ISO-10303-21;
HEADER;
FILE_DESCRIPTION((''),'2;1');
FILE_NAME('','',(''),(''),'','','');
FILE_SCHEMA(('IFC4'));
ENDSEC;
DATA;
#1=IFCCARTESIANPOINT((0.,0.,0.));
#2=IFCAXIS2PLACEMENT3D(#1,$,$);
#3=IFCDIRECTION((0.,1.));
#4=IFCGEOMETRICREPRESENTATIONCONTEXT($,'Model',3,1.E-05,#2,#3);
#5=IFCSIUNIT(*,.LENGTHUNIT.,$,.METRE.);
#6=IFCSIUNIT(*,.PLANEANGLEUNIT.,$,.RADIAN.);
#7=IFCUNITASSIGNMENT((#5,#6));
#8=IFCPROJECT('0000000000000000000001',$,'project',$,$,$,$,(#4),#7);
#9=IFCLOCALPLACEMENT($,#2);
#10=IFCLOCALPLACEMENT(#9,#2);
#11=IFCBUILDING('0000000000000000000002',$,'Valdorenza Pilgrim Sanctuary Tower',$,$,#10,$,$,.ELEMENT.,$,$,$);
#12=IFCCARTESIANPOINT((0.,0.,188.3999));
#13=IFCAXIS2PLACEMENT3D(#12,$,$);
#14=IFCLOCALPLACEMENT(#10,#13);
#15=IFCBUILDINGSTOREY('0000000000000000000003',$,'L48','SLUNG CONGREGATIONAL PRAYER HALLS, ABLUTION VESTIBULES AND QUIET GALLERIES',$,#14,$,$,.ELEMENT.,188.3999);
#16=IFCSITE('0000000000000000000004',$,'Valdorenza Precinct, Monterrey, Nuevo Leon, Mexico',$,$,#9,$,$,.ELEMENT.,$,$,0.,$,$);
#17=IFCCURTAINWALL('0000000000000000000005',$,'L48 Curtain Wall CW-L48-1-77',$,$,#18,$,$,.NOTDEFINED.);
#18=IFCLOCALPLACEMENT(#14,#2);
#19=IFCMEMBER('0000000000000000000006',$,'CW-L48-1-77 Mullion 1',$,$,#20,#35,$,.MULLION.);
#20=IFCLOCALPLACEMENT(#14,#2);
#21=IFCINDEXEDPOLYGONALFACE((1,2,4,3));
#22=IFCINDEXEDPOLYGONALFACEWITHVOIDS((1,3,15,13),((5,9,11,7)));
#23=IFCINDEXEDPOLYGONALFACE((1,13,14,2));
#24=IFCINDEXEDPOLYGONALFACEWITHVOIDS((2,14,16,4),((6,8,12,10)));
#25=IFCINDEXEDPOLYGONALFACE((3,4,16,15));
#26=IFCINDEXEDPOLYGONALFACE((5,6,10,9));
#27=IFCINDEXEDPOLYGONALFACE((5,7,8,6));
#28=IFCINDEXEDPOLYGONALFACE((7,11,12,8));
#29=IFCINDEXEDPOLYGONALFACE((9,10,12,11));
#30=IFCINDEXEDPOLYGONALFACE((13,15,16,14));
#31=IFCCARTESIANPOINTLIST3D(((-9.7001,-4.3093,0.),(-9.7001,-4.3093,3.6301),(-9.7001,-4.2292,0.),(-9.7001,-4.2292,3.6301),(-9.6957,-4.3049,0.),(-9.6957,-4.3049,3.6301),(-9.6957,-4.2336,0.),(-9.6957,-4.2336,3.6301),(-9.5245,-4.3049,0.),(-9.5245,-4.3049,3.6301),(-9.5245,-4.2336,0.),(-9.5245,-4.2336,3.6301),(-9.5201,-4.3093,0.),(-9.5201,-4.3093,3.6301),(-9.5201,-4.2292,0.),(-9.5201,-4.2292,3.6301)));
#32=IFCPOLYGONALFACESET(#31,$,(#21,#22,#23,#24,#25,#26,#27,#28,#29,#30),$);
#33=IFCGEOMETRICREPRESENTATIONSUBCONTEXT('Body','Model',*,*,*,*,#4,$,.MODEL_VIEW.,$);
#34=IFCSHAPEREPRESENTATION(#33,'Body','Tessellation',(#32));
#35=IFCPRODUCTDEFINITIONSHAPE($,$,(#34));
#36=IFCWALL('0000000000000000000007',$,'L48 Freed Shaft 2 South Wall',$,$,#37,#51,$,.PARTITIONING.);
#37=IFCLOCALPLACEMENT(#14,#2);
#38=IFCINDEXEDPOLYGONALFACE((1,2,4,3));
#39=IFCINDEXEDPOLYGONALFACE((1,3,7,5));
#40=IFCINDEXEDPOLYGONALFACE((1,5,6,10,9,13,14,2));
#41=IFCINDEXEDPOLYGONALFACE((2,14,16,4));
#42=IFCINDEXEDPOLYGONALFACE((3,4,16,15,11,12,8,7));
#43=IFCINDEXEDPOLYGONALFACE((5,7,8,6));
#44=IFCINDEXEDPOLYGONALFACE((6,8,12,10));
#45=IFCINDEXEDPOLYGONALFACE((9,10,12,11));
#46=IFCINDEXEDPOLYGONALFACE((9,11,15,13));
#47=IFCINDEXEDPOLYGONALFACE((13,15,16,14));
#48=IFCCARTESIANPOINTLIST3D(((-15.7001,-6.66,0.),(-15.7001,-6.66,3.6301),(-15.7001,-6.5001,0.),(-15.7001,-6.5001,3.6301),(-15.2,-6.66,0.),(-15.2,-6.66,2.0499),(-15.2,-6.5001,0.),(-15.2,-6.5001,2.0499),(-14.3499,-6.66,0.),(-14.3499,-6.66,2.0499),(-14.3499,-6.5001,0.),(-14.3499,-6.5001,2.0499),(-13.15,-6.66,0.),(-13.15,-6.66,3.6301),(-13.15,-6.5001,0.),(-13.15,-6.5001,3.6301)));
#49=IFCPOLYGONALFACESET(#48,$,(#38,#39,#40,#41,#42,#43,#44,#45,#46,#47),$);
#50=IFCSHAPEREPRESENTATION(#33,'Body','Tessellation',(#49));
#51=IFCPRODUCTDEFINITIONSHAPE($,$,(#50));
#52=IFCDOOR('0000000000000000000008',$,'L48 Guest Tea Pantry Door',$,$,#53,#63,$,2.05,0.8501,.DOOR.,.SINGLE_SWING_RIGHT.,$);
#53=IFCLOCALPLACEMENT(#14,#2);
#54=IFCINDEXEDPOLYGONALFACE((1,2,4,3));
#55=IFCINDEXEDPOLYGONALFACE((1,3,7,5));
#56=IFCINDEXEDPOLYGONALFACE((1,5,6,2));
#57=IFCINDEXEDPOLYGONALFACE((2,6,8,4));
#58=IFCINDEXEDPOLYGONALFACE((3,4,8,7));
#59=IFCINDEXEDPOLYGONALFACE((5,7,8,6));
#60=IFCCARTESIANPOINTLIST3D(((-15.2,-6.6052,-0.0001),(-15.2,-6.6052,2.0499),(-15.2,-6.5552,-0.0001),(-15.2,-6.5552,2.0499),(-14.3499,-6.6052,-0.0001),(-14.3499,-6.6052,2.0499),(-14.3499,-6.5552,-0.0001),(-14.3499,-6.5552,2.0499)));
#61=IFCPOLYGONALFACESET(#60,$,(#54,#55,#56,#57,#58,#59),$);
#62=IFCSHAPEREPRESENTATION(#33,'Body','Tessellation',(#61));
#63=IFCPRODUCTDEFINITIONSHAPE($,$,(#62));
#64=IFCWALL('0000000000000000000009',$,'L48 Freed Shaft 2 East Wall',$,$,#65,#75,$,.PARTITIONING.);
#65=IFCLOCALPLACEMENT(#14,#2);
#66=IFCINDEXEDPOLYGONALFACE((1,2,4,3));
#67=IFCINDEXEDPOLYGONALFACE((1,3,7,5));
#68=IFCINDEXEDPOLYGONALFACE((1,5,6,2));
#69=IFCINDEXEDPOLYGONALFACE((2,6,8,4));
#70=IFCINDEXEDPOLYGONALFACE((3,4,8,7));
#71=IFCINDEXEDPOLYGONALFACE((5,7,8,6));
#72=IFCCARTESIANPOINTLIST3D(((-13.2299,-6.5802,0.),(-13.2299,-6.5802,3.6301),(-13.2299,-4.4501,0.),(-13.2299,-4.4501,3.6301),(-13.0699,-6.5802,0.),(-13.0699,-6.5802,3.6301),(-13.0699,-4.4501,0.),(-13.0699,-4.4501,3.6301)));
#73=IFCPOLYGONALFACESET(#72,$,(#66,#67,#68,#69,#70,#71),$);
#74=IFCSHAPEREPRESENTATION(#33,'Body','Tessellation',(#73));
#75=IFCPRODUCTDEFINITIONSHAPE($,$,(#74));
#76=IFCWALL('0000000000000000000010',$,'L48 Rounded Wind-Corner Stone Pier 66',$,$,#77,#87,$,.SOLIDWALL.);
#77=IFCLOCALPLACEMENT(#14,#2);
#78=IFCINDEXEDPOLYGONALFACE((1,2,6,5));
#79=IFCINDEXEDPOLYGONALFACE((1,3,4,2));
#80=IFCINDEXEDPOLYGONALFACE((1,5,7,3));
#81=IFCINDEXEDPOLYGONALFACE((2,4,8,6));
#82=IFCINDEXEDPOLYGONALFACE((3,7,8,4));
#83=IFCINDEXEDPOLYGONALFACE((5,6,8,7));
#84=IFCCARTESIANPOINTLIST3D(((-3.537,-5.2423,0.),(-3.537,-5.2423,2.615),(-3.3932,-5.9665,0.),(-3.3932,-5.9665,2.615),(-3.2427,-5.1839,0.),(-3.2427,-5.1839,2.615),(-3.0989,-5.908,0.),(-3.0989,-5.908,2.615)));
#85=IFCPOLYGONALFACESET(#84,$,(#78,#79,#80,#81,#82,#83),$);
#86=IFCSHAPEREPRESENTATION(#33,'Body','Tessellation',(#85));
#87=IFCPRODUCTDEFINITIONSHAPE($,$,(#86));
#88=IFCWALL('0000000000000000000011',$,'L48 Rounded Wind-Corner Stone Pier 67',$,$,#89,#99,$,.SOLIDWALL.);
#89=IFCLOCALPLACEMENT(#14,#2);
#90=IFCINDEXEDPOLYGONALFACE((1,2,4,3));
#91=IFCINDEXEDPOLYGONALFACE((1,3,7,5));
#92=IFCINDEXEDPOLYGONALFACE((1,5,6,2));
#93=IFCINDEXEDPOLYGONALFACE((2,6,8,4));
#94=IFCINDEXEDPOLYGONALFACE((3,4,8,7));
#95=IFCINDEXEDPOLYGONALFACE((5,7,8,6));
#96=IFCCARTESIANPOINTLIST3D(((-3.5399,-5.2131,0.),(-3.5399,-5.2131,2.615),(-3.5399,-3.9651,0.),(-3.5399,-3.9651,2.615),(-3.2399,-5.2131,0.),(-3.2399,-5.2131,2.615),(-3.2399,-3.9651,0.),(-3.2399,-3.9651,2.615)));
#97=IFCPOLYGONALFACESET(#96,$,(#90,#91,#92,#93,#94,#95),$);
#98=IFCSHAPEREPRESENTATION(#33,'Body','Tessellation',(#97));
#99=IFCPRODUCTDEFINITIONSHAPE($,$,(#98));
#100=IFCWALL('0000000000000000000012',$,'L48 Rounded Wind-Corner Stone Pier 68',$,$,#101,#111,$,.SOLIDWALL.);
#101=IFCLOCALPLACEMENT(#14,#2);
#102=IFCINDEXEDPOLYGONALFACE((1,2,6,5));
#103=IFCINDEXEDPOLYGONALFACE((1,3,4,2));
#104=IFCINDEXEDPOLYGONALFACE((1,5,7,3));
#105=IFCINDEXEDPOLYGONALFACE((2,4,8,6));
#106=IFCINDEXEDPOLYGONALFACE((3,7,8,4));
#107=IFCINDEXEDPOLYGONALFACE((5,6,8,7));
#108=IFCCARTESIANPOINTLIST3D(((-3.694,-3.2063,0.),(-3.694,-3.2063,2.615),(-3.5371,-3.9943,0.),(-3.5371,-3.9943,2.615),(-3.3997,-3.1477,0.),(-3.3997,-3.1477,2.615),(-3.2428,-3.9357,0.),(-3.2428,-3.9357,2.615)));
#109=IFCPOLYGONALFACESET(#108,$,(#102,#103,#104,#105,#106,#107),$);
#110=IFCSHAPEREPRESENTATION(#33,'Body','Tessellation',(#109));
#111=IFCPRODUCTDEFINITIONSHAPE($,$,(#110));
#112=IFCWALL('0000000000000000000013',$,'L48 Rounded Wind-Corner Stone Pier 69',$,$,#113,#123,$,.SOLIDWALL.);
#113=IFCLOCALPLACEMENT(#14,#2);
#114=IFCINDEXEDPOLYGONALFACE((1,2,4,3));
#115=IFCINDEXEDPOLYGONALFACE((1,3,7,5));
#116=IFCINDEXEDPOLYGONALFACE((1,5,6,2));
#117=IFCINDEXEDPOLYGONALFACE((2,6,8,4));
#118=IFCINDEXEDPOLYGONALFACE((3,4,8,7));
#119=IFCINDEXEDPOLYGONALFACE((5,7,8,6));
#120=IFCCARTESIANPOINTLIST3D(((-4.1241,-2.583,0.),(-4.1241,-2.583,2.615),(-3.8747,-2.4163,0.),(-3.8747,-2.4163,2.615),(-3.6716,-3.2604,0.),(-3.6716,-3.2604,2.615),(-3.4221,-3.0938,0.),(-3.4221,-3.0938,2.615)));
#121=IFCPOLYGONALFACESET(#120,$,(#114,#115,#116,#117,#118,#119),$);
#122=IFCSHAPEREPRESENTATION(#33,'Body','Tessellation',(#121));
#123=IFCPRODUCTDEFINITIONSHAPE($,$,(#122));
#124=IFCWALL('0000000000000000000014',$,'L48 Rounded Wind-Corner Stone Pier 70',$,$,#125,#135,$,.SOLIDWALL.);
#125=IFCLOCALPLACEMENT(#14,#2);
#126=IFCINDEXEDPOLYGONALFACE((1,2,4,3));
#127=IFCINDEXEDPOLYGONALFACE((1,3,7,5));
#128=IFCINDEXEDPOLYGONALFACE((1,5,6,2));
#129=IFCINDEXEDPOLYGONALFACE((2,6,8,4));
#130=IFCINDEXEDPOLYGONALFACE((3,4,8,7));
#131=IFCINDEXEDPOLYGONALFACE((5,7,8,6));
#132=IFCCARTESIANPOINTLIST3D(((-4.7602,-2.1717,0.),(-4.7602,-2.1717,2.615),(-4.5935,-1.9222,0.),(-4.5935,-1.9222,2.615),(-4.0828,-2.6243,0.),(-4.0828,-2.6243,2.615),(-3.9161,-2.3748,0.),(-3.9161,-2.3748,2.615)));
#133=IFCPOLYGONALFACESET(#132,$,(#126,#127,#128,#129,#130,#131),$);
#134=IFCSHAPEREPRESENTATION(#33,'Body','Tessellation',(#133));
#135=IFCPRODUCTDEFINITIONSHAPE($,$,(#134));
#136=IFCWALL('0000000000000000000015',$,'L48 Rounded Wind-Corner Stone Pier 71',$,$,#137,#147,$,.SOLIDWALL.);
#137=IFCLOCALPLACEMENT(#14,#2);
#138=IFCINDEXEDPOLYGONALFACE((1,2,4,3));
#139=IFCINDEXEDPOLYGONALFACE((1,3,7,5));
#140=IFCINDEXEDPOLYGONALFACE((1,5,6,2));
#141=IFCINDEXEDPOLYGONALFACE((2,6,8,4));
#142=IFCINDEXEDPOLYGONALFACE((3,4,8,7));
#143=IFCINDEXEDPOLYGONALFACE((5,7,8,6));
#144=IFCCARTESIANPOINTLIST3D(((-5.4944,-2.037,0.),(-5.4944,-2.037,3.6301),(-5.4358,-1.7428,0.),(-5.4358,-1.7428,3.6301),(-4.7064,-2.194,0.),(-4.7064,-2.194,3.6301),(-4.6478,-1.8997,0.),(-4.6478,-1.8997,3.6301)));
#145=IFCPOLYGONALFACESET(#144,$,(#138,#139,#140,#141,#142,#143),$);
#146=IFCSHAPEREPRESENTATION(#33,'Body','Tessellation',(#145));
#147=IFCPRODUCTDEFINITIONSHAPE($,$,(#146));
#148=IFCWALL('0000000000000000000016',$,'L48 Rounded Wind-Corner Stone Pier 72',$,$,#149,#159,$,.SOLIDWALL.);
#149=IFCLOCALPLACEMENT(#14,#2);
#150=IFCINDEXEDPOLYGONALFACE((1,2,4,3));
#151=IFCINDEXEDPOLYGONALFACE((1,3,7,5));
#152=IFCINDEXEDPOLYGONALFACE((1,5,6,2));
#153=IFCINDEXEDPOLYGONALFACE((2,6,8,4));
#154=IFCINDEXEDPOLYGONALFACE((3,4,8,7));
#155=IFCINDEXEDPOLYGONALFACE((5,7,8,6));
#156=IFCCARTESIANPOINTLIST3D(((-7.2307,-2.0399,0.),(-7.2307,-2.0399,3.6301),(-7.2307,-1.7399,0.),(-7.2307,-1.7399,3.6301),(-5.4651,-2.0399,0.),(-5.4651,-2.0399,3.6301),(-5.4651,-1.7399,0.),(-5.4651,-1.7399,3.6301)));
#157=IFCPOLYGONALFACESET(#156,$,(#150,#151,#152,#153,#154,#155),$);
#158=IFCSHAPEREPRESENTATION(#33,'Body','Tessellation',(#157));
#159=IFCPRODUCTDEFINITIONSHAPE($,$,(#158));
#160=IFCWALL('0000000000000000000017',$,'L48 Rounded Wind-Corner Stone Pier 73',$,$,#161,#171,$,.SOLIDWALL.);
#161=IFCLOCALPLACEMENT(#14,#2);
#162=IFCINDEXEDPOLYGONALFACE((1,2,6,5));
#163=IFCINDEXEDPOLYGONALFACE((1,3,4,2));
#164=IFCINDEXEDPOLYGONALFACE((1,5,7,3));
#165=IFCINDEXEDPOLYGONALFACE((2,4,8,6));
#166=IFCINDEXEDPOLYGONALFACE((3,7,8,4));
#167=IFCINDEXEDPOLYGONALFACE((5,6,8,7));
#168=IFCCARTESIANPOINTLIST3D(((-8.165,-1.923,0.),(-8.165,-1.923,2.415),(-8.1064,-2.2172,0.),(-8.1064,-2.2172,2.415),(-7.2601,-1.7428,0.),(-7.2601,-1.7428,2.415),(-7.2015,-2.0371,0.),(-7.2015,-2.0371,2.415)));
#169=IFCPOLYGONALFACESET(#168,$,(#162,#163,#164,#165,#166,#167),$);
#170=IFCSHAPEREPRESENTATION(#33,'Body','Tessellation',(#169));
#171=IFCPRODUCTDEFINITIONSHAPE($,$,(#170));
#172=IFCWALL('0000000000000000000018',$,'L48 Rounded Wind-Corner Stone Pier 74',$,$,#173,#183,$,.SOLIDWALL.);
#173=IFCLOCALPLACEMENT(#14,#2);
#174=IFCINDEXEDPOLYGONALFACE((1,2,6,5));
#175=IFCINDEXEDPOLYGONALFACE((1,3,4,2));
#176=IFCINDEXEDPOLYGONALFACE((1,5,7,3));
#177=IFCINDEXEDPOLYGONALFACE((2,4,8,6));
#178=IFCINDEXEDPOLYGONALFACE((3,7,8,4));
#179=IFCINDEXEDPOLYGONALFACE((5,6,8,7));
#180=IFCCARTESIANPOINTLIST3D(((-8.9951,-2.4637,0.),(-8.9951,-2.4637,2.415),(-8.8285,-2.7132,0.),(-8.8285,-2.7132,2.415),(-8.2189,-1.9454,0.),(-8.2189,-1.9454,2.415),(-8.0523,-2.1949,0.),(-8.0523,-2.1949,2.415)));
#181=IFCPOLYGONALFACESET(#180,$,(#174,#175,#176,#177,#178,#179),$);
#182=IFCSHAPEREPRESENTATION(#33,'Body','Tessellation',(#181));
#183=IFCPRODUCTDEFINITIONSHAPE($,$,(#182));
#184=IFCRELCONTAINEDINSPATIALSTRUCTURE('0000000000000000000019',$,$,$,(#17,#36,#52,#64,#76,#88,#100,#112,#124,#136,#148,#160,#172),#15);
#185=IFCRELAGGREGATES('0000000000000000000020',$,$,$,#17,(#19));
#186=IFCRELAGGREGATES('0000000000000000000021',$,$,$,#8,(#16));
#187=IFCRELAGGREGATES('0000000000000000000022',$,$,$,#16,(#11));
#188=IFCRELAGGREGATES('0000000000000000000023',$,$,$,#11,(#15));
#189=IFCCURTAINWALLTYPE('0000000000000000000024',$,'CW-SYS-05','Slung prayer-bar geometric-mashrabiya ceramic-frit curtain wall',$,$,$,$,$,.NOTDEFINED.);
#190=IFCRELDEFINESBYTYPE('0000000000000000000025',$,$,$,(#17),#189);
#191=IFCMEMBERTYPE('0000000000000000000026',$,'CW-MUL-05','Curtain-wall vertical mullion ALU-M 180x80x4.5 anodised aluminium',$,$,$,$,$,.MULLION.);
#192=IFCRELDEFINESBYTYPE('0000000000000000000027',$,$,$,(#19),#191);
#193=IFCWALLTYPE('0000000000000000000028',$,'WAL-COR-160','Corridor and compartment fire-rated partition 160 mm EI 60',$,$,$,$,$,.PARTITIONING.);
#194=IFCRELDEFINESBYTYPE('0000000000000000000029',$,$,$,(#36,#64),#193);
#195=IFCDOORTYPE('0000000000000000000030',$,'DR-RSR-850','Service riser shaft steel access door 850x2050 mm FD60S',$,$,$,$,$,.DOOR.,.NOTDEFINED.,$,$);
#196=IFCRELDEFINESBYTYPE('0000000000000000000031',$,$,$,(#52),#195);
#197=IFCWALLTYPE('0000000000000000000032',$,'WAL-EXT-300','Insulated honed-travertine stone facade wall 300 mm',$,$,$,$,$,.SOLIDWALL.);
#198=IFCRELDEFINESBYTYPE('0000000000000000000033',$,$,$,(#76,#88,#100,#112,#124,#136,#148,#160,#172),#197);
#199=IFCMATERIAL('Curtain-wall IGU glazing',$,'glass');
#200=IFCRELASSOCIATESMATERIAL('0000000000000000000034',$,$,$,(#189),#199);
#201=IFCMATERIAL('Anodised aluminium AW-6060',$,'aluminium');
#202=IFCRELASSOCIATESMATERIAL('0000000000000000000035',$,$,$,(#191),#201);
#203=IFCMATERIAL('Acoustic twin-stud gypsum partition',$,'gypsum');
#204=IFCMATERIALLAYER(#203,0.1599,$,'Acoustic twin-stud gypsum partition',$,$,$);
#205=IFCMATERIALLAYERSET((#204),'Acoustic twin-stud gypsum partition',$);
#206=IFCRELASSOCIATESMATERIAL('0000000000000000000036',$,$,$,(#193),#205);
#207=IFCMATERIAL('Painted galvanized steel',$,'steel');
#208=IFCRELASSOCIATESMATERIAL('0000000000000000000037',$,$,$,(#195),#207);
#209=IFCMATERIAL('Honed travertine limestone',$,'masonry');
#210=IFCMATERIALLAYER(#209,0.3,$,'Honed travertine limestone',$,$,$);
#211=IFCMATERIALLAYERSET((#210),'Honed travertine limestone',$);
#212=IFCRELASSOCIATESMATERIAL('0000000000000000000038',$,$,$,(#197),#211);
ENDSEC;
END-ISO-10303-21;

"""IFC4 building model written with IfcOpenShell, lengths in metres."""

from ifc_helpers import new_model, si_unit, direction, frame, frame_2d, origin, origin_2d, place, context, subcontext, project, spatial, rectangle, hollow_rectangle, extrude, source, transform, mapped, material, layer, layer_set, material_profile, profile_set, type_object, element, fill, aggregate, save


model = new_model("IFC4")

# Units and contexts
model_context = context("Model", 3, precision=1e-05, world=origin(), true_north=direction((0.0, 1.0)))
body_context = subcontext(model_context, "Body", "Model", "MODEL_VIEW")
ifc_project = project(units=[si_unit("LENGTHUNIT", "METRE"), si_unit("PLANEANGLEUNIT", "RADIAN")], contexts=[model_context])

# Site, building, storey
site_placement = place(None, origin())
site = spatial("IfcSite", under=ifc_project, at=site_placement, Name="Valdorenza Precinct, Monterrey, Nuevo Leon, Mexico", CompositionType="ELEMENT", RefElevation=0.0)
building_placement = place(site_placement, origin())
building = spatial("IfcBuilding", under=site, at=building_placement, Name="Valdorenza Pilgrim Sanctuary Tower", CompositionType="ELEMENT")
storey_placement = place(building_placement, frame((0.0, 0.0, 188.3999)))
storey = spatial("IfcBuildingStorey", under=building, at=storey_placement, Name="L48", Description="SLUNG CONGREGATIONAL PRAYER HALLS, ABLUTION VESTIBULES AND QUIET GALLERIES", CompositionType="ELEMENT", Elevation=188.3999)

# Curtain wall, member
ifc_material_1 = material(Name="Curtain-wall IGU glazing", Category="glass")
curtain_wall_type = type_object("IfcCurtainWallType", Name="CW-SYS-05", Description="Slung prayer-bar geometric-mashrabiya ceramic-frit curtain wall", PredefinedType="NOTDEFINED", material=ifc_material_1)
curtain_wall_placement = place(storey_placement, origin())
curtain_wall = element("IfcCurtainWall", 1, at=curtain_wall_placement, inside=storey, type_object=curtain_wall_type, Name="L48 Curtain Wall CW-L48-1-77", PredefinedType="NOTDEFINED")
ifc_material_2 = material(Name="Anodised aluminium AW-6060", Category="aluminium")
ifc_material_profile_1 = material_profile(ifc_material_2, hollow_rectangle(XDim=0.0801, YDim=0.1799, WallThickness=0.0044, at=origin_2d()), Name="ALU-M 180x80x4.5")
ifc_profile_set_1 = profile_set([ifc_material_profile_1], Name="Anodised aluminium AW-6060")
member_type_1 = type_object("IfcMemberType", Name="CW-MUL-05", Description="Curtain-wall vertical mullion ALU-M 180x80x4.5 anodised aluminium", PredefinedType="MULLION", material=ifc_profile_set_1)
shared_shape_1 = source(origin(), body_context, "Body", "SweptSolid", [
    extrude(hollow_rectangle(XDim=0.0801, YDim=0.1799, WallThickness=0.0044, at=origin_2d()), origin(), (0.0, 0.0, 1.0), 3.6301),
])
member_1_placement = place(storey_placement, frame((-9.6101, -4.2693, 0.0), z_axis=(0.0, 0.0, 1.0), x_axis=(0.0, -1.0, 0.0)))
member_1 = element("IfcMember", 2, at=member_1_placement, type_object=member_type_1, Name="CW-L48-1-77 Mullion 1", PredefinedType="MULLION", context=body_context, shape_type="MappedRepresentation", body=[
    mapped(shared_shape_1, transform((0.0, 0.0, 0.0), x_axis=(1.0, 0.0, 0.0), y_axis=(0.0, 1.0, 0.0), z_axis=(0.0, 0.0, 1.0), scale=1.0)),
])
aggregate(curtain_wall, [member_1])

# Wall, opening, door
ifc_material_3 = material(Name="Acoustic twin-stud gypsum partition", Category="gypsum")
ifc_layer_1 = layer(ifc_material_3, 0.1599, Name="Acoustic twin-stud gypsum partition")
ifc_layer_set_1 = layer_set([ifc_layer_1], Name="Acoustic twin-stud gypsum partition")
wall_type_1 = type_object("IfcWallType", Name="WAL-COR-160", Description="Corridor and compartment fire-rated partition 160 mm EI 60", PredefinedType="PARTITIONING", material=ifc_layer_set_1)
wall_1_placement = place(storey_placement, frame((-15.7, -6.5801, 0.0), z_axis=(0.0, 0.0, 1.0), x_axis=(1.0, 0.0, 0.0)))
wall_1 = element("IfcWall", 3, at=wall_1_placement, inside=storey, type_object=wall_type_1, Name="L48 Freed Shaft 2 South Wall", PredefinedType="PARTITIONING", context=body_context, shape_type="SweptSolid", body=[
    extrude(rectangle(XDim=2.55, YDim=0.1599, at=frame_2d((1.2749, 0.0))), origin(), (0.0, 0.0, 1.0), 3.6301),
])
opening_1_placement = place(wall_1_placement, frame((0.5, 0.0, 0.0)))
opening_1 = element("IfcOpeningElement", 4, at=opening_1_placement, cuts=wall_1, PredefinedType="OPENING", context=body_context, shape_type="SweptSolid", body=[
    extrude(rectangle(XDim=0.8501, YDim=2.05, at=frame_2d((0.425, 1.0249))), frame((0.0, 0.0947, 0.0), z_axis=(0.0, -1.0, 0.0), x_axis=(1.0, 0.0, 0.0)), (0.0, 0.0, 1.0), 0.1897),
])
ifc_material_4 = material(Name="Painted galvanized steel", Category="steel")
door_type_1 = type_object("IfcDoorType", Name="DR-RSR-850", Description="Service riser shaft steel access door 850x2050 mm FD60S", OperationType="NOTDEFINED", PredefinedType="DOOR", material=ifc_material_4)
door_1_placement = place(opening_1_placement, origin())
door_1 = element("IfcDoor", 5, at=door_1_placement, inside=storey, type_object=door_type_1, Name="L48 Guest Tea Pantry Door", OperationType="SINGLE_SWING_RIGHT", OverallHeight=2.05, OverallWidth=0.8501, PredefinedType="DOOR", context=body_context, shape_type="SweptSolid", body=[
    extrude(rectangle(XDim=0.8501, YDim=2.05, at=frame_2d((0.425, 1.0249))), frame((0.0, 0.0249, 0.0), z_axis=(0.0, -1.0, 0.0), x_axis=(1.0, 0.0, 0.0)), (0.0, 0.0, 1.0), 0.05),
])
fill(opening_1, door_1)

# Walls
wall_2_placement = place(storey_placement, frame((-13.1499, -6.5801, 0.0), z_axis=(0.0, 0.0, 1.0), x_axis=(0.0, 1.0, 0.0)))
element("IfcWall", 6, at=wall_2_placement, inside=storey, type_object=wall_type_1, Name="L48 Freed Shaft 2 East Wall", PredefinedType="PARTITIONING", context=body_context, shape_type="SweptSolid", body=[
    extrude(rectangle(XDim=2.1301, YDim=0.1599, at=frame_2d((1.0649, 0.0))), origin(), (0.0, 0.0, 1.0), 3.6301),
])
ifc_material_5 = material(Name="Honed travertine limestone", Category="masonry")
ifc_layer_2 = layer(ifc_material_5, 0.3, Name="Honed travertine limestone")
ifc_layer_set_2 = layer_set([ifc_layer_2], Name="Honed travertine limestone")
wall_type_2 = type_object("IfcWallType", Name="WAL-EXT-300", Description="Insulated honed-travertine stone facade wall 300 mm", PredefinedType="SOLIDWALL", material=ifc_layer_set_2)
wall_3_placement = place(storey_placement, frame((-3.2461, -5.9373, 0.0), z_axis=(0.0, 0.0, 1.0), x_axis=(-0.19478, 0.980847, 0.0)))
element("IfcWall", 7, at=wall_3_placement, inside=storey, type_object=wall_type_2, Name="L48 Rounded Wind-Corner Stone Pier 66", PredefinedType="SOLIDWALL", context=body_context, shape_type="SweptSolid", body=[
    extrude(rectangle(XDim=0.7383, YDim=0.3, at=frame_2d((0.3691, 0.0))), origin(), (0.0, 0.0, 1.0), 2.615),
])
wall_4_placement = place(storey_placement, frame((-3.3899, -5.2131, 0.0), z_axis=(0.0, 0.0, 1.0), x_axis=(0.0, 1.0, 0.0)))
element("IfcWall", 8, at=wall_4_placement, inside=storey, type_object=wall_type_2, Name="L48 Rounded Wind-Corner Stone Pier 67", PredefinedType="SOLIDWALL", context=body_context, shape_type="SweptSolid", body=[
    extrude(rectangle(XDim=1.248, YDim=0.3, at=frame_2d((0.624, 0.0))), origin(), (0.0, 0.0, 1.0), 2.615),
])
wall_5_placement = place(storey_placement, frame((-3.3899, -3.9651, 0.0), z_axis=(0.0, 0.0, 1.0), x_axis=(-0.195357, 0.980732, 0.0)))
element("IfcWall", 9, at=wall_5_placement, inside=storey, type_object=wall_type_2, Name="L48 Rounded Wind-Corner Stone Pier 68", PredefinedType="SOLIDWALL", context=body_context, shape_type="SweptSolid", body=[
    extrude(rectangle(XDim=0.8035, YDim=0.3, at=frame_2d((0.4019, 0.0))), origin(), (0.0, 0.0, 1.0), 2.615),
])
for number, where, z_axis, x_axis, name in (
    (10, (-3.5469, -3.177, 0.0), (0.0, 0.0, 1.0), (-0.55553, 0.831497, 0.0), "L48 Rounded Wind-Corner Stone Pier 69"),
    (11, (-3.9995, -2.4995, 0.0), (0.0, 0.0, 1.0), (-0.831497, 0.55553, 0.0), "L48 Rounded Wind-Corner Stone Pier 70"),
):
    element("IfcWall", number, at=place(storey_placement, frame(where, z_axis=z_axis, x_axis=x_axis)), inside=storey, type_object=wall_type_2, Name=name, PredefinedType="SOLIDWALL", context=body_context, shape_type="SweptSolid", body=[
        extrude(rectangle(XDim=0.8147, YDim=0.3, at=frame_2d((0.4072, 0.0))), origin(), (0.0, 0.0, 1.0), 2.615),
    ])
wall_6_placement = place(storey_placement, frame((-4.677, -2.0469, 0.0), z_axis=(0.0, 0.0, 1.0), x_axis=(-0.980732, 0.195357, 0.0)))
element("IfcWall", 12, at=wall_6_placement, inside=storey, type_object=wall_type_2, Name="L48 Rounded Wind-Corner Stone Pier 71", PredefinedType="SOLIDWALL", context=body_context, shape_type="SweptSolid", body=[
    extrude(rectangle(XDim=0.8035, YDim=0.3, at=frame_2d((0.4019, 0.0))), origin(), (0.0, 0.0, 1.0), 3.6301),
])
wall_7_placement = place(storey_placement, frame((-5.4651, -1.8899, 0.0), z_axis=(0.0, 0.0, 1.0), x_axis=(-1.0, 0.0, 0.0)))
element("IfcWall", 13, at=wall_7_placement, inside=storey, type_object=wall_type_2, Name="L48 Rounded Wind-Corner Stone Pier 72", PredefinedType="SOLIDWALL", context=body_context, shape_type="SweptSolid", body=[
    extrude(rectangle(XDim=1.7656, YDim=0.3, at=frame_2d((0.8828, 0.0))), origin(), (0.0, 0.0, 1.0), 3.6301),
])
wall_8_placement = place(storey_placement, frame((-7.2307, -1.8899, 0.0), z_axis=(0.0, 0.0, 1.0), x_axis=(-0.980743, -0.195302, 0.0)))
element("IfcWall", 14, at=wall_8_placement, inside=storey, type_object=wall_type_2, Name="L48 Rounded Wind-Corner Stone Pier 73", PredefinedType="SOLIDWALL", context=body_context, shape_type="SweptSolid", body=[
    extrude(rectangle(XDim=0.9226, YDim=0.3, at=frame_2d((0.4614, 0.0))), origin(), (0.0, 0.0, 1.0), 2.415),
])
wall_9_placement = place(storey_placement, frame((-8.1355, -2.0701, 0.0), z_axis=(0.0, 0.0, 1.0), x_axis=(-0.831607, -0.555364, 0.0)))
element("IfcWall", 15, at=wall_9_placement, inside=storey, type_object=wall_type_2, Name="L48 Rounded Wind-Corner Stone Pier 74", PredefinedType="SOLIDWALL", context=body_context, shape_type="SweptSolid", body=[
    extrude(rectangle(XDim=0.9333, YDim=0.3, at=frame_2d((0.4668, 0.0))), origin(), (0.0, 0.0, 1.0), 2.415),
])

save(model, "model.ifc")
